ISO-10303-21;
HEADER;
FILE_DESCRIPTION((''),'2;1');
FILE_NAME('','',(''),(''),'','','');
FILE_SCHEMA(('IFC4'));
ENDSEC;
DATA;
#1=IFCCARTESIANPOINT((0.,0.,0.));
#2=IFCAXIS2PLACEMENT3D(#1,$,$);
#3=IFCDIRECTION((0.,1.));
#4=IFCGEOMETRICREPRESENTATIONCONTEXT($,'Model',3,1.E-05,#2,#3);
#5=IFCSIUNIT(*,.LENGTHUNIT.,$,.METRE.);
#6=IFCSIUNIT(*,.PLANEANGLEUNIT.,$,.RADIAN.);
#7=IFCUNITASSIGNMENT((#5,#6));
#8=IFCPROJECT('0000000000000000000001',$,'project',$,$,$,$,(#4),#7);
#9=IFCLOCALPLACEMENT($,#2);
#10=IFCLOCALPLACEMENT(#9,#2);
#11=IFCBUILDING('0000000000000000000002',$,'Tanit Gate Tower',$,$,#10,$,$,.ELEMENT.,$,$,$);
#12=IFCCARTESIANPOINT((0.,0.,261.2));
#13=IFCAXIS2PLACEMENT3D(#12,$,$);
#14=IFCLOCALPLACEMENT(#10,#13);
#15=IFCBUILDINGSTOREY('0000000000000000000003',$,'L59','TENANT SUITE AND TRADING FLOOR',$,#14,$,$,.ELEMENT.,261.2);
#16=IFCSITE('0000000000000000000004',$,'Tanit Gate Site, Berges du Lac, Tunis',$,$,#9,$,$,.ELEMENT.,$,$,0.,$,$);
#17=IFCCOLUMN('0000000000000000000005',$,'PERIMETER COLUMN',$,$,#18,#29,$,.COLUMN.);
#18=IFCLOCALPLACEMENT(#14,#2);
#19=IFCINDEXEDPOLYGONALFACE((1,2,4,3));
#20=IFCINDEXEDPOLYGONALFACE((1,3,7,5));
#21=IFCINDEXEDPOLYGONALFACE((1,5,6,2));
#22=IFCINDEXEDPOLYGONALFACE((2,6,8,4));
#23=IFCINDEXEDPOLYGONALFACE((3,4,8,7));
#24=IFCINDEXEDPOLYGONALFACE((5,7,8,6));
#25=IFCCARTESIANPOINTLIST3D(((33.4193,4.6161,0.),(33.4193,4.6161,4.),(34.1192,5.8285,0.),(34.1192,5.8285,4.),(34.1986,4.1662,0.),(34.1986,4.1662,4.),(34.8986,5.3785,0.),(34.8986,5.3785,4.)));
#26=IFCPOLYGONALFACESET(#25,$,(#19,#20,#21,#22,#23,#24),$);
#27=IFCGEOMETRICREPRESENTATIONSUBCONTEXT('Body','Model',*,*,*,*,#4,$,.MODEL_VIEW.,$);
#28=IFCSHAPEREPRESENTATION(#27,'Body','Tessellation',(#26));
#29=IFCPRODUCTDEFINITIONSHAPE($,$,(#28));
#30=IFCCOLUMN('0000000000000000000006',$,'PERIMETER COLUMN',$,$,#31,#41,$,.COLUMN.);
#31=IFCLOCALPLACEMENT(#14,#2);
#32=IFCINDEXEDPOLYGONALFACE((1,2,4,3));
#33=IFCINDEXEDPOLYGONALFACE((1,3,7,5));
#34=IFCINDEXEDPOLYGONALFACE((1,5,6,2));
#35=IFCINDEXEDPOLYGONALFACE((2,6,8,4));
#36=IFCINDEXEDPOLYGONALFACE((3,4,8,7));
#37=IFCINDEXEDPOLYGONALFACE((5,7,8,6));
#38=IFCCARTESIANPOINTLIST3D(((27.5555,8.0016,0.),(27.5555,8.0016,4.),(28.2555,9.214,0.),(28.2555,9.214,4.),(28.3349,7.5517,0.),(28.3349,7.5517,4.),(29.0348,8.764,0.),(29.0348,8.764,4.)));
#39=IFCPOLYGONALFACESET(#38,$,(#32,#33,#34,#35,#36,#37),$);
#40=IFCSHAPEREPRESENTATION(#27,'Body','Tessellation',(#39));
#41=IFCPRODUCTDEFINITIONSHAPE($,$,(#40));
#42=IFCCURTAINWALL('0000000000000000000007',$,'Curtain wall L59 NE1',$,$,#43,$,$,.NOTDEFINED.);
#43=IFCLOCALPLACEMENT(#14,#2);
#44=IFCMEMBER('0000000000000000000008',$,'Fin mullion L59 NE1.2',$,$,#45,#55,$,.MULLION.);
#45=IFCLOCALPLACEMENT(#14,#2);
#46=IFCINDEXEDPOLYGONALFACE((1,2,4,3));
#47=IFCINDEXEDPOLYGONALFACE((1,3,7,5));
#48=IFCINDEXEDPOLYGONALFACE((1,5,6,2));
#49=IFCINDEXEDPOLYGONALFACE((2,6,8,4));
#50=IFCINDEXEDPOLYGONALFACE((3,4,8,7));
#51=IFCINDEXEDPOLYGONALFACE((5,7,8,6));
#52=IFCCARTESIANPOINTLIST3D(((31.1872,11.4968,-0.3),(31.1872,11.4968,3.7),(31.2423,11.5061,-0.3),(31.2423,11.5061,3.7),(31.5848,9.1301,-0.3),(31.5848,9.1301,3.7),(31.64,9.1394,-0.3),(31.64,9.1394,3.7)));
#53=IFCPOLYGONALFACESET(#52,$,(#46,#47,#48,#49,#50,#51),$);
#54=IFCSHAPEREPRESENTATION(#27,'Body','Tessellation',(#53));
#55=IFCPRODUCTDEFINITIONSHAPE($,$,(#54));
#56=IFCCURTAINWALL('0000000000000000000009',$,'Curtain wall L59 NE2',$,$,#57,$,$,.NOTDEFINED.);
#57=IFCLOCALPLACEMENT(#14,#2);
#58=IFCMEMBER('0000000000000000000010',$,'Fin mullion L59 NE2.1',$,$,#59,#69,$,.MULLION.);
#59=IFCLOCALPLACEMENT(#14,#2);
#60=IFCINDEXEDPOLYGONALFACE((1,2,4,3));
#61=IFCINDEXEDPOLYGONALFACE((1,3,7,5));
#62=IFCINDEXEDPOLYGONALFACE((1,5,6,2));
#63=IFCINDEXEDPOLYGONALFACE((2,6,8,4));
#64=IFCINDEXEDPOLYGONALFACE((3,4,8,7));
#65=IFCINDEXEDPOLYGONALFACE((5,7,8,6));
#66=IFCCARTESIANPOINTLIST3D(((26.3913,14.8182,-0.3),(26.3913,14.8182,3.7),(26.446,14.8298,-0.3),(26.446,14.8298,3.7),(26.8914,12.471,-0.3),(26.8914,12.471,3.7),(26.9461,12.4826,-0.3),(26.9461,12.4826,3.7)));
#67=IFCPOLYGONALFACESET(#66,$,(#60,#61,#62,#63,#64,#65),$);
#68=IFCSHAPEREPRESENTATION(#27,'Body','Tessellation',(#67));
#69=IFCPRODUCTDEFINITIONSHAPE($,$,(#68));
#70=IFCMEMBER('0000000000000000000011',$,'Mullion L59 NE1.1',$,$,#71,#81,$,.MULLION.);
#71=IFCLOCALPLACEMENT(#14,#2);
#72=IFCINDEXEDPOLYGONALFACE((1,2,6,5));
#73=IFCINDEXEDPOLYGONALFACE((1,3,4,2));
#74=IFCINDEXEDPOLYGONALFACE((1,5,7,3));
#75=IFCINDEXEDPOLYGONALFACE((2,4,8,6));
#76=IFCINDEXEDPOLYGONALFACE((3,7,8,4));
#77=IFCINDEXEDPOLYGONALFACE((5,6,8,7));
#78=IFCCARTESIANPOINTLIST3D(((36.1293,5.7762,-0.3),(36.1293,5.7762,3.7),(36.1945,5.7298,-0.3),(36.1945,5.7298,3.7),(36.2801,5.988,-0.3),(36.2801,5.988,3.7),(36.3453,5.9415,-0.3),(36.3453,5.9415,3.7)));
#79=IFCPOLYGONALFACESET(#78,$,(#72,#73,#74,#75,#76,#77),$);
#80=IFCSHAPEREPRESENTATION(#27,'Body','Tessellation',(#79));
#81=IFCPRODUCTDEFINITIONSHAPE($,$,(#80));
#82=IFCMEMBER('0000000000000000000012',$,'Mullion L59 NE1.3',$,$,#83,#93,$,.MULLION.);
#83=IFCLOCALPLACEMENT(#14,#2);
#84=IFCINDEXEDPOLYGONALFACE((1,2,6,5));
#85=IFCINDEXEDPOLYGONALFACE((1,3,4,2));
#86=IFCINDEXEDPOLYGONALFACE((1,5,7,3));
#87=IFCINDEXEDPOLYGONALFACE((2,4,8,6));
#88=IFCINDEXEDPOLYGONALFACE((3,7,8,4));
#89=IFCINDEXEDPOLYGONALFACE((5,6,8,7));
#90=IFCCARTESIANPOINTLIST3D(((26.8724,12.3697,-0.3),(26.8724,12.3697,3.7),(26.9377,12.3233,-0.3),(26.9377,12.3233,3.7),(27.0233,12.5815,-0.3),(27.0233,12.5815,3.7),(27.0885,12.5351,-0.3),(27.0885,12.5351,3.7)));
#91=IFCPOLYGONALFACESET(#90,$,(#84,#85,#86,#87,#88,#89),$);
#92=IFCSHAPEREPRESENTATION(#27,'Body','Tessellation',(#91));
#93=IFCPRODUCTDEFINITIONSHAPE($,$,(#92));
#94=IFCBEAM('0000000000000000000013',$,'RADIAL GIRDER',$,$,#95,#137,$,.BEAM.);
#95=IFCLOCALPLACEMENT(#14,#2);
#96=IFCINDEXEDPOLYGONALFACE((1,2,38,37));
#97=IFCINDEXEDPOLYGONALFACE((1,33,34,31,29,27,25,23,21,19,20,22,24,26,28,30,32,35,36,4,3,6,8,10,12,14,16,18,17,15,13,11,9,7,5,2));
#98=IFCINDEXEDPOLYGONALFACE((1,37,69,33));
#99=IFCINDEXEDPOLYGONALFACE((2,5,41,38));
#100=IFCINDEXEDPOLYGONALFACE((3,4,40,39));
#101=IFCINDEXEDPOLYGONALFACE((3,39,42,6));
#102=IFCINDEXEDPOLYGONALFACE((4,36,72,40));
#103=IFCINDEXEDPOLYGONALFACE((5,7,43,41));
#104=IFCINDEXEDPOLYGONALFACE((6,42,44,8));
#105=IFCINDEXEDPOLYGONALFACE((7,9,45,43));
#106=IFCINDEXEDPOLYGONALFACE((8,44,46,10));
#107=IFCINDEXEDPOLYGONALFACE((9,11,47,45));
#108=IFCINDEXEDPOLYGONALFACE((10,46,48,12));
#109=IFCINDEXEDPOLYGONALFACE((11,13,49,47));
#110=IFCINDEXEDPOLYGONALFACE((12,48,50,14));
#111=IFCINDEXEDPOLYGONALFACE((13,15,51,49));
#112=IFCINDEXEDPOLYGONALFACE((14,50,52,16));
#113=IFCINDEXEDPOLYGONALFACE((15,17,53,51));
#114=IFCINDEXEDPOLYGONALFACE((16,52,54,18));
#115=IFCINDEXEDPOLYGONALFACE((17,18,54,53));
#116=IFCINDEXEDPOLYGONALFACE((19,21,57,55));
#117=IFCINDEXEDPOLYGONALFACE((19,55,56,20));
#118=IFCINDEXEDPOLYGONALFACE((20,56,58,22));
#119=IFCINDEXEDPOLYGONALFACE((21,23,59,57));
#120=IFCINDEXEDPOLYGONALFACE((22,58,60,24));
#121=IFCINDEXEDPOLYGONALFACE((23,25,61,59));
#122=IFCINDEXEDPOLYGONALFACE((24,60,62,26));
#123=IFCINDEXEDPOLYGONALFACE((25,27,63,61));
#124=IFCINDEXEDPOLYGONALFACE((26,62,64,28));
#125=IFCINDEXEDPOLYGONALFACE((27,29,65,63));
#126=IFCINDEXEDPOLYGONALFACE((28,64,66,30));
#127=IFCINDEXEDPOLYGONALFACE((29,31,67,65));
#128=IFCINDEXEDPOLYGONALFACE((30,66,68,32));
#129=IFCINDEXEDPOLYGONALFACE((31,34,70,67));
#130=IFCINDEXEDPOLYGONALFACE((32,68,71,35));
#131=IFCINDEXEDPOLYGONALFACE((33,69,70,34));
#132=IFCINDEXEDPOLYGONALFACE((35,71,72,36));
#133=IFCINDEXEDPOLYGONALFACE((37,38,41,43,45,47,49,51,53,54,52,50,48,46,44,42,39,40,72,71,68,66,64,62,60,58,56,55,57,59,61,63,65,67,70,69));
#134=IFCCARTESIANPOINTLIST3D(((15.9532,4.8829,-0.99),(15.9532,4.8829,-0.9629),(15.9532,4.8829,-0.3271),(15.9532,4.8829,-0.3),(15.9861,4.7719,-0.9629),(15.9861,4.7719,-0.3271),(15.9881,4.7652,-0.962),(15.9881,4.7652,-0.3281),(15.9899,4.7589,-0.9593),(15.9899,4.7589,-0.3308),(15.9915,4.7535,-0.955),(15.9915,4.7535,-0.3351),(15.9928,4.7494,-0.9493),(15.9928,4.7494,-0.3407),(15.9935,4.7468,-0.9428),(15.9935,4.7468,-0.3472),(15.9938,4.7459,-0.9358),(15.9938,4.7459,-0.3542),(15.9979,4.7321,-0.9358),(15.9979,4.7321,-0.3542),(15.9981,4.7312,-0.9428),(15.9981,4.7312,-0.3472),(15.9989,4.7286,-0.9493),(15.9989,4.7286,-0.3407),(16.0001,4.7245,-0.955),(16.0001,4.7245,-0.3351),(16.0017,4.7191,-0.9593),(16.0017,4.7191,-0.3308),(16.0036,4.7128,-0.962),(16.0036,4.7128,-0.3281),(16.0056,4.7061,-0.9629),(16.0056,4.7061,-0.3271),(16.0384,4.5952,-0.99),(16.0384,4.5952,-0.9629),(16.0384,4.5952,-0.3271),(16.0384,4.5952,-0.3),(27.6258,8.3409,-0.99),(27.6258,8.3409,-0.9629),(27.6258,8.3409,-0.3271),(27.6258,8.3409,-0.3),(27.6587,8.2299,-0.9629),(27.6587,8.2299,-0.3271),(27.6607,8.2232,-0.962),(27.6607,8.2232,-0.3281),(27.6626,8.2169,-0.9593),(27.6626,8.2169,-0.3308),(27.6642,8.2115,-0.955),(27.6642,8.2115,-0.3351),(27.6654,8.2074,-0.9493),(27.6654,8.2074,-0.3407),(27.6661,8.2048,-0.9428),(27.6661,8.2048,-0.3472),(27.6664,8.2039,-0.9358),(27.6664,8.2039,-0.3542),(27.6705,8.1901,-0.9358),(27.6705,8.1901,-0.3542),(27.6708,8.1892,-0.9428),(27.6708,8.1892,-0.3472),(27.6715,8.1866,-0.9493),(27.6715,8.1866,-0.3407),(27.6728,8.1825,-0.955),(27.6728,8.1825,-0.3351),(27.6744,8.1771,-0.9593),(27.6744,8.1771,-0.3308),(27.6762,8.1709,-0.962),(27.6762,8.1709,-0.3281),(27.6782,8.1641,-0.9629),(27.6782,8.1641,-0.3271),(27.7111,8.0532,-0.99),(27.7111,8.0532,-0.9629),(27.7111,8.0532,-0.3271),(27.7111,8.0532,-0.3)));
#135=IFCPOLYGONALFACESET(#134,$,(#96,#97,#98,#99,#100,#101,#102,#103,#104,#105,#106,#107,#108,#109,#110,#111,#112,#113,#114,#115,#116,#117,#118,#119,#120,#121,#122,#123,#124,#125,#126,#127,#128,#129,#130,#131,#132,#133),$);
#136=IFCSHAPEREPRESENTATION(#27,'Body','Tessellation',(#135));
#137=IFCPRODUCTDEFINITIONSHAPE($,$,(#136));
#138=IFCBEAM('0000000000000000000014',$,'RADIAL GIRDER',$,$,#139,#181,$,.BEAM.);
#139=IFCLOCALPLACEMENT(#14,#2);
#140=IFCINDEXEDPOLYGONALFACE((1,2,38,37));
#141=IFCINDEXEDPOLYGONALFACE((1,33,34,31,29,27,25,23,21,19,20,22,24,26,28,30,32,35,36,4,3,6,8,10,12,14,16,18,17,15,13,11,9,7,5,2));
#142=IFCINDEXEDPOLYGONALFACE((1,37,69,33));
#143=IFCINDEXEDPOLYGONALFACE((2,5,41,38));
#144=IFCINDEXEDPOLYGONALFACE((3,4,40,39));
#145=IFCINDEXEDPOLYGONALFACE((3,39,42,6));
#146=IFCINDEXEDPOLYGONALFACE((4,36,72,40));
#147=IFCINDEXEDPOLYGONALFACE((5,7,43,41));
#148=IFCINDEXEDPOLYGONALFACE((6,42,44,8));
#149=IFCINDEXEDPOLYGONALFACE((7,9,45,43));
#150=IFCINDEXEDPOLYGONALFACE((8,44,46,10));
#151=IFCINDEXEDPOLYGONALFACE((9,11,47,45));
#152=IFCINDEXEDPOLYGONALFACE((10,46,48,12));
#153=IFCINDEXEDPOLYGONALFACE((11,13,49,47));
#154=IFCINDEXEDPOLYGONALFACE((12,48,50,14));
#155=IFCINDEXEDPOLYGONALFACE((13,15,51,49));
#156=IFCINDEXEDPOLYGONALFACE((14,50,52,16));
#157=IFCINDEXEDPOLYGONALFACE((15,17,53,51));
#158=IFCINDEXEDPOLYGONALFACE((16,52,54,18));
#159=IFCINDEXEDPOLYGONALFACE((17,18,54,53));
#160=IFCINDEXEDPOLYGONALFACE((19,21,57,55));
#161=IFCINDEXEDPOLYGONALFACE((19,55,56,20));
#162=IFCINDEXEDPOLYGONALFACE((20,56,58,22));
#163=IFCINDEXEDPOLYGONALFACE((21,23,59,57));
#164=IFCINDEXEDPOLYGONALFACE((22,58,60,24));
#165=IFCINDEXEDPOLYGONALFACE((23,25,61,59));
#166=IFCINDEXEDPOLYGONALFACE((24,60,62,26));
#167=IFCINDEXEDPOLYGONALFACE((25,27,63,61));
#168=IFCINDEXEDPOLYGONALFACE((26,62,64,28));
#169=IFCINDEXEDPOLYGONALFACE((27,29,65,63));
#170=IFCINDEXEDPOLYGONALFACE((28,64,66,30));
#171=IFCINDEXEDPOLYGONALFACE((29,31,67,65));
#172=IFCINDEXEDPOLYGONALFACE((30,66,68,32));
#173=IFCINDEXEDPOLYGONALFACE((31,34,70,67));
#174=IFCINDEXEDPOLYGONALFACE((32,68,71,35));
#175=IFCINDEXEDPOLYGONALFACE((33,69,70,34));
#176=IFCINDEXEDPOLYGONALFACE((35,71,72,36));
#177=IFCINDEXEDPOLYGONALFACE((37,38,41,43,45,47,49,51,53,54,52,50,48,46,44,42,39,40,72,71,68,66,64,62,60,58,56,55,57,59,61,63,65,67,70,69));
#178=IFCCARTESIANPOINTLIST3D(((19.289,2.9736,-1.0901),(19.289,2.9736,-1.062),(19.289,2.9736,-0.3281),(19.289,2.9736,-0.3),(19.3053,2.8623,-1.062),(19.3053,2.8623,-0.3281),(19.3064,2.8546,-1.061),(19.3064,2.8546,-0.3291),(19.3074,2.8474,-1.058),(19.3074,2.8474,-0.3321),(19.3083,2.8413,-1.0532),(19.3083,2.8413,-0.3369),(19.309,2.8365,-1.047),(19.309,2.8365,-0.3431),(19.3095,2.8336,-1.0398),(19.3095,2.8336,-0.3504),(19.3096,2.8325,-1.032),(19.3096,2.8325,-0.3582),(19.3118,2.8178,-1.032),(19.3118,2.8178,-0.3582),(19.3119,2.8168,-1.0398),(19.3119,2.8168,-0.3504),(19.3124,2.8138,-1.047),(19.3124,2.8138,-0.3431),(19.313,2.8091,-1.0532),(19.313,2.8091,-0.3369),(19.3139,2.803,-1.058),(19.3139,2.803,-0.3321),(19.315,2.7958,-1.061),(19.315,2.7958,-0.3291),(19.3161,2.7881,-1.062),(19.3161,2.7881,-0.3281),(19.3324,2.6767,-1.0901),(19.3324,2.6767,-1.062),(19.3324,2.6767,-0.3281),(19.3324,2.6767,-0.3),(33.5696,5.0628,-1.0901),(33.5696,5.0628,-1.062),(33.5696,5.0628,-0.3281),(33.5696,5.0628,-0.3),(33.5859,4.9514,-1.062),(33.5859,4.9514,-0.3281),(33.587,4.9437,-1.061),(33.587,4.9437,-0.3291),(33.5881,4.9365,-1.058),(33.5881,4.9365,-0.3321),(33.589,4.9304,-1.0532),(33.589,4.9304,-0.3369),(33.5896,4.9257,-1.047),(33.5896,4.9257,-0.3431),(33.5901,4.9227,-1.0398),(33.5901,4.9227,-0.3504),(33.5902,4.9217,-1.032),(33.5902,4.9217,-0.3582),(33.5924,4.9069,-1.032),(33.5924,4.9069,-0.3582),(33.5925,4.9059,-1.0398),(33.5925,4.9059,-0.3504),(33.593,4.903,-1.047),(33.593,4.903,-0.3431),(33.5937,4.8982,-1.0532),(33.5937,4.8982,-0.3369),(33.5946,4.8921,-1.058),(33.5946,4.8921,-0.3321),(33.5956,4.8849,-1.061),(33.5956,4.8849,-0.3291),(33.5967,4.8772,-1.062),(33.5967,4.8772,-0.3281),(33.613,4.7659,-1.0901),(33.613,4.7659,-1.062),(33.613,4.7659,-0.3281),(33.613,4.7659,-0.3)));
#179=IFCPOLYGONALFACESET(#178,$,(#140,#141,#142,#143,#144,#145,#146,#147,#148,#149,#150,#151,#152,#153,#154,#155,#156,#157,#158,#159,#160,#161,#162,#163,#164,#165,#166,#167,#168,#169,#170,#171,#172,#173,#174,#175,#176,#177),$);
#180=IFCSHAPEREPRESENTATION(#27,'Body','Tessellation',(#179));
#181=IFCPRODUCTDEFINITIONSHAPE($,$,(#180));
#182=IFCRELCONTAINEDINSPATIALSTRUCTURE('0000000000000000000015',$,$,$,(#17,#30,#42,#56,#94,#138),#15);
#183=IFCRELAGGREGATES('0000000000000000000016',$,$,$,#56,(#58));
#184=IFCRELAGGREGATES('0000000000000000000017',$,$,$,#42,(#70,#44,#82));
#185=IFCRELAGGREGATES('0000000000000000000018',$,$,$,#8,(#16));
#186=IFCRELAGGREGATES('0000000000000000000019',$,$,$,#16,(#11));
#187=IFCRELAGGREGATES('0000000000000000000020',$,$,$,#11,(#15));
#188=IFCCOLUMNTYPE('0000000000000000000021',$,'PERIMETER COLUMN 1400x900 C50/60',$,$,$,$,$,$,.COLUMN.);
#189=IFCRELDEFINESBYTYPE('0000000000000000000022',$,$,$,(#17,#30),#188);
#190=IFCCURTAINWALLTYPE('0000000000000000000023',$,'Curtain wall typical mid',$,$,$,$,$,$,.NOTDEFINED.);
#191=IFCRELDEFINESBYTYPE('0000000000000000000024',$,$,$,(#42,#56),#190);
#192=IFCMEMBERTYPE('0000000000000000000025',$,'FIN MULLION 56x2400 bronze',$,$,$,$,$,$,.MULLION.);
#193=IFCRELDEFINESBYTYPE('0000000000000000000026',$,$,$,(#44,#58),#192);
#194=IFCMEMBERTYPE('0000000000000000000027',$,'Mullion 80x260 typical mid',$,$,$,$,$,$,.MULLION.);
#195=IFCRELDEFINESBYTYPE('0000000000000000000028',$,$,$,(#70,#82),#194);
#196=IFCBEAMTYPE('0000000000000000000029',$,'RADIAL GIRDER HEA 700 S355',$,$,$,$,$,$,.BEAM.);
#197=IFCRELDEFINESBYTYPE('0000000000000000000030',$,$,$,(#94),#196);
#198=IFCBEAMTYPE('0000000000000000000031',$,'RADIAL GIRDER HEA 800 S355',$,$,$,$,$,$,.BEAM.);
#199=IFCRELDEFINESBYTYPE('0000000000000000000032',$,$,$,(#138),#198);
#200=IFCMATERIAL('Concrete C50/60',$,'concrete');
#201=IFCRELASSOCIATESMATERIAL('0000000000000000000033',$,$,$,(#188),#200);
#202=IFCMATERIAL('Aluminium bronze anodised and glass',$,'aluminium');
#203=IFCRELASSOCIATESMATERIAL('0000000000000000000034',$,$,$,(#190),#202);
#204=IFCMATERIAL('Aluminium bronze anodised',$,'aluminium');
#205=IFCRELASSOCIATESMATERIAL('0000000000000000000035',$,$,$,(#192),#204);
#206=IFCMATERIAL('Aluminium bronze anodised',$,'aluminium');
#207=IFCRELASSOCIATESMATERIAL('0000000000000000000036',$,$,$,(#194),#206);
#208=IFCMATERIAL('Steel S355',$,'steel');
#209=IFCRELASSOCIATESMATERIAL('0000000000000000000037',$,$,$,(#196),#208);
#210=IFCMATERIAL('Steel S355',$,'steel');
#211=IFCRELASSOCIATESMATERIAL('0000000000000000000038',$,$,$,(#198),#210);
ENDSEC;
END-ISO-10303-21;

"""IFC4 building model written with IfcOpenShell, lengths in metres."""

from ifc_helpers import new_model, si_unit, direction, frame, origin, origin_2d, place, context, subcontext, project, spatial, rectangle, i_section, extrude, material, material_profile, profile_set, type_object, element, aggregate, save


model = new_model("IFC4")

# Units and contexts
model_context = context("Model", 3, precision=1e-05, world=origin(), true_north=direction((0.0, 1.0)))
body_context = subcontext(model_context, "Body", "Model", "MODEL_VIEW")
ifc_project = project(units=[si_unit("LENGTHUNIT", "METRE"), si_unit("PLANEANGLEUNIT", "RADIAN")], contexts=[model_context])

# Site, building, storey
site_placement = place(None, origin())
site = spatial("IfcSite", under=ifc_project, at=site_placement, Name="Tanit Gate Site, Berges du Lac, Tunis", CompositionType="ELEMENT", RefElevation=0.0)
building_placement = place(site_placement, origin())
building = spatial("IfcBuilding", under=site, at=building_placement, Name="Tanit Gate Tower", CompositionType="ELEMENT")
storey_placement = place(building_placement, frame((0.0, 0.0, 261.2)))
storey = spatial("IfcBuildingStorey", under=building, at=storey_placement, Name="L59", Description="TENANT SUITE AND TRADING FLOOR", CompositionType="ELEMENT", Elevation=261.2)

# Columns
ifc_material_1 = material(Name="Concrete C50/60", Category="concrete")
ifc_material_profile_1 = material_profile(ifc_material_1, rectangle(XDim=1.3999, YDim=0.8999, at=origin_2d()), Name="RC 1400x900")
ifc_profile_set_1 = profile_set([ifc_material_profile_1], Name="Concrete C50/60")
column_type = type_object("IfcColumnType", Name="PERIMETER COLUMN 1400x900 C50/60", PredefinedType="COLUMN", material=ifc_profile_set_1)
for number, where, z_axis, x_axis, name in (
    (1, (34.1589, 4.9973, 0.0), (0.0, 0.0, 1.0), (0.5, 0.866025, 0.0), "PERIMETER COLUMN"),
    (2, (28.2952, 8.3828, 0.0), (0.0, 0.0, 1.0), (0.5, 0.866025, 0.0), "PERIMETER COLUMN"),
):
    element("IfcColumn", number, at=place(storey_placement, frame(where, z_axis=z_axis, x_axis=x_axis)), inside=storey, type_object=column_type, Name=name, PredefinedType="COLUMN", context=body_context, shape_type="SweptSolid", body=[
        extrude(rectangle(XDim=1.3999, YDim=0.8999, at=origin_2d()), origin(), (0.0, 0.0, 1.0), 4.0),
    ])

# Curtain walls, members
ifc_material_2 = material(Name="Aluminium bronze anodised and glass", Category="aluminium")
curtain_wall_type = type_object("IfcCurtainWallType", Name="Curtain wall typical mid", PredefinedType="NOTDEFINED", material=ifc_material_2)
curtain_wall_1_placement = place(storey_placement, origin())
curtain_wall_1 = element("IfcCurtainWall", 3, at=curtain_wall_1_placement, inside=storey, type_object=curtain_wall_type, Name="Curtain wall L59 NE1", PredefinedType="NOTDEFINED")
ifc_material_3 = material(Name="Aluminium bronze anodised", Category="aluminium")
ifc_material_profile_2 = material_profile(ifc_material_3, rectangle(XDim=2.3999, YDim=0.0559, at=origin_2d()), Name="56x2400 bronze fin mullion")
ifc_profile_set_2 = profile_set([ifc_material_profile_2], Name="Aluminium bronze anodised")
member_type_1 = type_object("IfcMemberType", Name="FIN MULLION 56x2400 bronze", PredefinedType="MULLION", material=ifc_profile_set_2)
member_1_placement = place(storey_placement, frame((31.4136, 10.3181, -0.3), z_axis=(0.0, 0.0, 1.0), x_axis=(0.165705, -0.986175, 0.0)))
member_1 = element("IfcMember", 4, at=member_1_placement, type_object=member_type_1, Name="Fin mullion L59 NE1.2", PredefinedType="MULLION", context=body_context, shape_type="SweptSolid", body=[
    extrude(rectangle(XDim=2.3999, YDim=0.0559, at=origin_2d()), origin(), (0.0, 0.0, 1.0), 4.0),
])
curtain_wall_2_placement = place(storey_placement, origin())
curtain_wall_2 = element("IfcCurtainWall", 5, at=curtain_wall_2_placement, inside=storey, type_object=curtain_wall_type, Name="Curtain wall L59 NE2", PredefinedType="NOTDEFINED")
member_2_placement = place(storey_placement, frame((26.6687, 13.6504, -0.3), z_axis=(0.0, 0.0, 1.0), x_axis=(0.208373, -0.978049, 0.0)))
member_2 = element("IfcMember", 6, at=member_2_placement, type_object=member_type_1, Name="Fin mullion L59 NE2.1", PredefinedType="MULLION", context=body_context, shape_type="SweptSolid", body=[
    extrude(rectangle(XDim=2.3999, YDim=0.0559, at=origin_2d()), origin(), (0.0, 0.0, 1.0), 4.0),
])

# Members
ifc_material_4 = material(Name="Aluminium bronze anodised", Category="aluminium")
ifc_material_profile_3 = material_profile(ifc_material_4, rectangle(XDim=0.26, YDim=0.0801, at=origin_2d()), Name="80x260 bronze mullion")
ifc_profile_set_3 = profile_set([ifc_material_profile_3], Name="Aluminium bronze anodised")
member_type_2 = type_object("IfcMemberType", Name="Mullion 80x260 typical mid", PredefinedType="MULLION", material=ifc_profile_set_3)
member_3_placement = place(storey_placement, frame((36.2373, 5.8589, -0.3), z_axis=(0.0, 0.0, 1.0), x_axis=(-0.58016, -0.814503, 0.0)))
member_3 = element("IfcMember", 7, at=member_3_placement, type_object=member_type_2, Name="Mullion L59 NE1.1", PredefinedType="MULLION", context=body_context, shape_type="SweptSolid", body=[
    extrude(rectangle(XDim=0.26, YDim=0.0801, at=origin_2d()), origin(), (0.0, 0.0, 1.0), 4.0),
])
member_4_placement = place(storey_placement, frame((26.9805, 12.4524, -0.3), z_axis=(0.0, 0.0, 1.0), x_axis=(-0.58016, -0.814503, 0.0)))
member_4 = element("IfcMember", 8, at=member_4_placement, type_object=member_type_2, Name="Mullion L59 NE1.3", PredefinedType="MULLION", context=body_context, shape_type="SweptSolid", body=[
    extrude(rectangle(XDim=0.26, YDim=0.0801, at=origin_2d()), origin(), (0.0, 0.0, 1.0), 4.0),
])

# Beams
ifc_material_5 = material(Name="Steel S355", Category="steel")
ifc_material_profile_4 = material_profile(ifc_material_5, i_section(OverallWidth=0.3, OverallDepth=0.6899, WebThickness=0.0144, FlangeThickness=0.0271, FilletRadius=0.0271, at=origin_2d()), Name="HEA 700")
ifc_profile_set_4 = profile_set([ifc_material_profile_4], Name="Steel S355")
beam_type_1 = type_object("IfcBeamType", Name="RADIAL GIRDER HEA 700 S355", PredefinedType="BEAM", material=ifc_profile_set_4)
beam_1_placement = place(storey_placement, frame((27.6685, 8.197, -0.645), z_axis=(-0.95881, -0.284047, 0.0), x_axis=(0.284047, -0.95881, 0.0)))
element("IfcBeam", 9, at=beam_1_placement, inside=storey, type_object=beam_type_1, Name="RADIAL GIRDER", PredefinedType="BEAM", context=body_context, shape_type="SweptSolid", body=[
    extrude(i_section(OverallWidth=0.3, OverallDepth=0.6899, WebThickness=0.0144, FlangeThickness=0.0271, FilletRadius=0.0271, at=origin_2d()), origin(), (0.0, 0.0, 1.0), 12.1741),
])
ifc_material_6 = material(Name="Steel S355", Category="steel")
ifc_material_profile_5 = material_profile(ifc_material_6, i_section(OverallWidth=0.3, OverallDepth=0.79, WebThickness=0.0149, FlangeThickness=0.0281, FilletRadius=0.03, at=origin_2d()), Name="HEA 800")
ifc_profile_set_5 = profile_set([ifc_material_profile_5], Name="Steel S355")
beam_type_2 = type_object("IfcBeamType", Name="RADIAL GIRDER HEA 800 S355", PredefinedType="BEAM", material=ifc_profile_set_5)
beam_2_placement = place(storey_placement, frame((33.5913, 4.9143, -0.6951), z_axis=(-0.989468, -0.14475, 0.0), x_axis=(0.14475, -0.989468, 0.0)))
element("IfcBeam", 10, at=beam_2_placement, inside=storey, type_object=beam_type_2, Name="RADIAL GIRDER", PredefinedType="BEAM", context=body_context, shape_type="SweptSolid", body=[
    extrude(i_section(OverallWidth=0.3, OverallDepth=0.79, WebThickness=0.0149, FlangeThickness=0.0281, FilletRadius=0.03, at=origin_2d()), origin(), (0.0, 0.0, 1.0), 14.4326),
])

aggregate(curtain_wall_2, [member_2])

aggregate(curtain_wall_1, [member_3, member_1, member_4])

save(model, "model.ifc")
